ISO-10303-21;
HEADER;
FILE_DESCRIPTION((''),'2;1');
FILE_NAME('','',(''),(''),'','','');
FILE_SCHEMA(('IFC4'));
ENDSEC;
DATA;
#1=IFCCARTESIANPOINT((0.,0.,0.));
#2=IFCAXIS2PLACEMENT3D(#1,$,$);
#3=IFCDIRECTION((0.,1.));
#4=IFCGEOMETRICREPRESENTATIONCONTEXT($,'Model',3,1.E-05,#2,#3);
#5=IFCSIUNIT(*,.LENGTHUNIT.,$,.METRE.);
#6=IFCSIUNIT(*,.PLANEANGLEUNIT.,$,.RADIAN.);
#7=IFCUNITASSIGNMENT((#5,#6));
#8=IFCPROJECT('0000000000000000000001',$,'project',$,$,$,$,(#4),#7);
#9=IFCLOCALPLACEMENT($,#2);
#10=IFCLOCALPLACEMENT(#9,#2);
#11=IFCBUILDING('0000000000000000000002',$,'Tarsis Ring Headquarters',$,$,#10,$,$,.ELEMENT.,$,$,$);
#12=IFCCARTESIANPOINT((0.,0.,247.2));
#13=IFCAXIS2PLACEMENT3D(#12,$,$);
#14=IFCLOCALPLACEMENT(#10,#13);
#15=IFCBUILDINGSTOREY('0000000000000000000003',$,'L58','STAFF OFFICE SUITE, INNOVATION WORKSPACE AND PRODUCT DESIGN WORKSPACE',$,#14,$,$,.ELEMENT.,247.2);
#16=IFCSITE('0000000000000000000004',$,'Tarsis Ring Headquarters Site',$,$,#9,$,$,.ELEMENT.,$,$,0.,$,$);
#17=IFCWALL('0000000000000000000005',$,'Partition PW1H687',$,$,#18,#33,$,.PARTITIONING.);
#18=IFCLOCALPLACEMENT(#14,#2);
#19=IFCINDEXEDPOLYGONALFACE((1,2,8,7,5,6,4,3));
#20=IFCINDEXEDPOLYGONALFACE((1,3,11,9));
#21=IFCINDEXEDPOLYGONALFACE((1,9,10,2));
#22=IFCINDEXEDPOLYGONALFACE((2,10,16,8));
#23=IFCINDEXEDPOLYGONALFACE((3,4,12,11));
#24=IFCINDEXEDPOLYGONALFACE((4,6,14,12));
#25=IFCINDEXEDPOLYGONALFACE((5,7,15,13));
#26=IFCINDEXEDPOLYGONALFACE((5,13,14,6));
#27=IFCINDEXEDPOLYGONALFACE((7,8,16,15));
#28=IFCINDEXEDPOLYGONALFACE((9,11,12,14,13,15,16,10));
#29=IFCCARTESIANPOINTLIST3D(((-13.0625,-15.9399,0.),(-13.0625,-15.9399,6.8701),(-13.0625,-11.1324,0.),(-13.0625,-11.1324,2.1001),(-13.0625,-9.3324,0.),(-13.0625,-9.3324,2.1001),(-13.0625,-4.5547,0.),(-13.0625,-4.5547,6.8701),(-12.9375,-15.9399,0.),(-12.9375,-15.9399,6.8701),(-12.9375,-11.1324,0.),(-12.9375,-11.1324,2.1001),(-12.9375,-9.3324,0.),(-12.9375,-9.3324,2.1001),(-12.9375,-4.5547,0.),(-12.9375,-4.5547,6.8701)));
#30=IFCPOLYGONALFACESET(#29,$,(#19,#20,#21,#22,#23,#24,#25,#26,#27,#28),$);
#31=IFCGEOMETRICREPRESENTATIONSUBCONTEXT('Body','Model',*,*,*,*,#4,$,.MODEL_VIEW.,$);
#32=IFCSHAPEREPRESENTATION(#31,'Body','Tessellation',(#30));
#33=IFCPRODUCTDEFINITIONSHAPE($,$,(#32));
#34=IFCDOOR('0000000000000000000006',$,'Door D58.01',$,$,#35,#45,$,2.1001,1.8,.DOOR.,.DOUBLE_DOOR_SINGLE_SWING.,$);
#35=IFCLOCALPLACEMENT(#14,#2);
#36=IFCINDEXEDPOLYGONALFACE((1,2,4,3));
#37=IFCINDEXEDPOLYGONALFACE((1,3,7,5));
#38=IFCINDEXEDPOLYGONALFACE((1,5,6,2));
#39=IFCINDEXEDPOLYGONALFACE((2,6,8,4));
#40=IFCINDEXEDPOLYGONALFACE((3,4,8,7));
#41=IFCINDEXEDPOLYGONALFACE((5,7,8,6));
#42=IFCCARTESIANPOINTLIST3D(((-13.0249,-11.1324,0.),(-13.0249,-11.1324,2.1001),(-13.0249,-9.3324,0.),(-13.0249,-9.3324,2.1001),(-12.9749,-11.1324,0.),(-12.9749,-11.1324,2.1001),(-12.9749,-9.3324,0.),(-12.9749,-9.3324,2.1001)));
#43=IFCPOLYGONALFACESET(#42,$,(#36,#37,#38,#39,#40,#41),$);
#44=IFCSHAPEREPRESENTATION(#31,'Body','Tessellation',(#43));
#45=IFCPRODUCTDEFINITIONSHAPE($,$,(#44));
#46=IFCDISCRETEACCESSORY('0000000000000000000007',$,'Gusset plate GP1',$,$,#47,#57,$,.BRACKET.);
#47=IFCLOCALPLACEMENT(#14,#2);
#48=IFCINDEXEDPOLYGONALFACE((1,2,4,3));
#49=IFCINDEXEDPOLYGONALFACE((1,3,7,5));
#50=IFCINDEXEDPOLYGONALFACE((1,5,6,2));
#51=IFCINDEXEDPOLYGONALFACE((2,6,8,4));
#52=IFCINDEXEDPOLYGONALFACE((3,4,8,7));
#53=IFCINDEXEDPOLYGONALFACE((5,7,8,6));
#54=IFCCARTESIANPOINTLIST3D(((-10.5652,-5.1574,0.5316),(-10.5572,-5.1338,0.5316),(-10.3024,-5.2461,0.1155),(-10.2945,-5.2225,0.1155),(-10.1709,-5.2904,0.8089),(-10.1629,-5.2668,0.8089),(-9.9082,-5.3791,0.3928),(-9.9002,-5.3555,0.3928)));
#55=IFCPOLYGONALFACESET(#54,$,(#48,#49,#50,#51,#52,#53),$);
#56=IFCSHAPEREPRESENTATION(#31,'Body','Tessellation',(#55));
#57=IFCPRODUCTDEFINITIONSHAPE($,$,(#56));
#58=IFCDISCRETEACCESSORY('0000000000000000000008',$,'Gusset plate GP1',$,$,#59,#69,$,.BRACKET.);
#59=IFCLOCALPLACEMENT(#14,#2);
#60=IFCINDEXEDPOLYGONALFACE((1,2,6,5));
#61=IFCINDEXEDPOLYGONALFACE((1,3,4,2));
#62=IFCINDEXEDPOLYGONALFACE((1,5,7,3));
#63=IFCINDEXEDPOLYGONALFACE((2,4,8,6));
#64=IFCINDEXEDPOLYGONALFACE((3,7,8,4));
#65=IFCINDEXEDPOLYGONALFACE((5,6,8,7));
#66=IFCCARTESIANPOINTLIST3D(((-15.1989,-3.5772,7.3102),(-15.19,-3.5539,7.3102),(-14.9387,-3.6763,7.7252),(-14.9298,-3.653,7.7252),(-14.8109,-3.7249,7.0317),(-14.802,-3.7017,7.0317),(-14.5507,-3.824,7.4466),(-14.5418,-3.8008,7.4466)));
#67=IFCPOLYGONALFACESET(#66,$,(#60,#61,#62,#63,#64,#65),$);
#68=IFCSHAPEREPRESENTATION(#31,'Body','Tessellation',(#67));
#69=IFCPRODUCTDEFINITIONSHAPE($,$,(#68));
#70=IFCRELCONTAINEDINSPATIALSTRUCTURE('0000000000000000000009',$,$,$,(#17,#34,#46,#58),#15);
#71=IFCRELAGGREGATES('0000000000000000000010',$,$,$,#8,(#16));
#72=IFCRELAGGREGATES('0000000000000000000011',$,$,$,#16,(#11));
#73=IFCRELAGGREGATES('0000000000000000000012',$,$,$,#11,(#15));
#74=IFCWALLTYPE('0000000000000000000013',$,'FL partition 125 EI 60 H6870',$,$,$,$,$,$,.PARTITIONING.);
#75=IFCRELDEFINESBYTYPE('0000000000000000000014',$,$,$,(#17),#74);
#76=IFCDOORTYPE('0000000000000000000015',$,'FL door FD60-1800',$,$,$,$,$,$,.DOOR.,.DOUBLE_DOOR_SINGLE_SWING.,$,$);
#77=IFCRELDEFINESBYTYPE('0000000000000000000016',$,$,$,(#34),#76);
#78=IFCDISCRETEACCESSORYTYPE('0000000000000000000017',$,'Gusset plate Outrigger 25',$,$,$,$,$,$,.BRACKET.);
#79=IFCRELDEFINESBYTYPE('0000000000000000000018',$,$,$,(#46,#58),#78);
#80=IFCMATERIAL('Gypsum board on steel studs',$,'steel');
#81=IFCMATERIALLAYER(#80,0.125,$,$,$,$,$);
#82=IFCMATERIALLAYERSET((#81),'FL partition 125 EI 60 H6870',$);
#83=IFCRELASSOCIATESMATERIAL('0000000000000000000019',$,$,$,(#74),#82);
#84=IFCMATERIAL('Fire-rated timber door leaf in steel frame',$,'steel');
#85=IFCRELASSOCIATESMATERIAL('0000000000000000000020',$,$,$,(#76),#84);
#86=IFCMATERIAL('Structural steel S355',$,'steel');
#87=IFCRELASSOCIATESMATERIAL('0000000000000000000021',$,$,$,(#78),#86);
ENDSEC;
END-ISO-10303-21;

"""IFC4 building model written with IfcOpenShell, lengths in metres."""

from ifc_helpers import new_model, si_unit, direction, frame, frame_2d, origin, origin_2d, place, context, subcontext, project, spatial, rectangle, extrude, material, layer, layer_set, material_profile, profile_set, type_object, element, fill, save


model = new_model("IFC4")

# Units and contexts
model_context = context("Model", 3, precision=1e-05, world=origin(), true_north=direction((0.0, 1.0)))
body_context = subcontext(model_context, "Body", "Model", "MODEL_VIEW")
ifc_project = project(units=[si_unit("LENGTHUNIT", "METRE"), si_unit("PLANEANGLEUNIT", "RADIAN")], contexts=[model_context])

# Site, building, storey
site_placement = place(None, origin())
site = spatial("IfcSite", under=ifc_project, at=site_placement, Name="Tarsis Ring Headquarters Site", CompositionType="ELEMENT", RefElevation=0.0)
building_placement = place(site_placement, origin())
building = spatial("IfcBuilding", under=site, at=building_placement, Name="Tarsis Ring Headquarters", CompositionType="ELEMENT")
storey_placement = place(building_placement, frame((0.0, 0.0, 247.2)))
storey = spatial("IfcBuildingStorey", under=building, at=storey_placement, Name="L58", Description="STAFF OFFICE SUITE, INNOVATION WORKSPACE AND PRODUCT DESIGN WORKSPACE", CompositionType="ELEMENT", Elevation=247.2)

# Shared definitions
ifc_material_1 = material(Name="Structural steel S355", Category="steel")

# Wall, opening, door
ifc_material_2 = material(Name="Gypsum board on steel studs", Category="steel")
ifc_layer_1 = layer(ifc_material_2, 0.125)
ifc_layer_set_1 = layer_set([ifc_layer_1], Name="FL partition 125 EI 60 H6870")
wall_type = type_object("IfcWallType", Name="FL partition 125 EI 60 H6870", PredefinedType="PARTITIONING", material=ifc_layer_set_1)
ifc_material_3 = material(Name="Fire-rated timber door leaf in steel frame", Category="steel")
wall_1_placement = place(storey_placement, frame((-13.0, -15.9399, 0.0), z_axis=(0.0, 0.0, 1.0), x_axis=(0.0, 1.0, 0.0)))
wall_1 = element("IfcWall", 1, at=wall_1_placement, inside=storey, type_object=wall_type, Name="Partition PW1H687", PredefinedType="PARTITIONING", context=body_context, shape_type="SweptSolid", body=[
    extrude(rectangle(XDim=11.3853, YDim=0.125, at=frame_2d((5.6926, 0.0))), origin(), (0.0, 0.0, 1.0), 6.8701),
])
opening_1_placement = place(wall_1_placement, frame((4.8076, 0.0, 0.0)))
opening_1 = element("IfcOpeningElement", 2, at=opening_1_placement, cuts=wall_1, PredefinedType="OPENING", context=body_context, shape_type="SweptSolid", body=[
    extrude(rectangle(XDim=1.8, YDim=2.1001, at=frame_2d((0.8999, 1.05))), frame((0.0, 0.0725, 0.0), z_axis=(0.0, -1.0, 0.0), x_axis=(1.0, 0.0, 0.0)), (0.0, 0.0, 1.0), 0.145),
])
door_type_1 = type_object("IfcDoorType", Name="FL door FD60-1800", OperationType="DOUBLE_DOOR_SINGLE_SWING", PredefinedType="DOOR", material=ifc_material_3)
door_1_placement = place(opening_1_placement, origin())
door_1 = element("IfcDoor", 3, at=door_1_placement, inside=storey, type_object=door_type_1, Name="Door D58.01", OperationType="DOUBLE_DOOR_SINGLE_SWING", OverallHeight=2.1001, OverallWidth=1.8, PredefinedType="DOOR", context=body_context, shape_type="SweptSolid", body=[
    extrude(rectangle(XDim=1.8, YDim=2.1001, at=frame_2d((0.8999, 1.05))), frame((0.0, 0.0249, 0.0), z_axis=(0.0, -1.0, 0.0), x_axis=(1.0, 0.0, 0.0)), (0.0, 0.0, 1.0), 0.05),
])
fill(opening_1, door_1)

# Discrete accessories
ifc_material_profile_1 = material_profile(ifc_material_1, rectangle(XDim=0.0249, YDim=0.5, at=origin_2d()), Name="PL 25x500")
ifc_profile_set_1 = profile_set([ifc_material_profile_1], Name="Structural steel S355")
discrete_accessory_type = type_object("IfcDiscreteAccessoryType", Name="Gusset plate Outrigger 25", PredefinedType="BRACKET", material=ifc_profile_set_1)
discrete_accessory_1_placement = place(storey_placement, frame((-10.1013, -5.3008, 0.2542), z_axis=(-0.525462, 0.17727, 0.832145), x_axis=(-0.31966, -0.947532, 0.0)))
element("IfcDiscreteAccessory", 4, at=discrete_accessory_1_placement, inside=storey, type_object=discrete_accessory_type, Name="Gusset plate GP1", PredefinedType="BRACKET", context=body_context, shape_type="SweptSolid", body=[
    extrude(rectangle(XDim=0.0249, YDim=0.5, at=origin_2d()), origin(), (0.0, 0.0, 1.0), 0.5),
])
discrete_accessory_2_placement = place(storey_placement, frame((-14.7402, -3.7385, 7.5859), z_axis=(-0.520701, 0.198316, -0.830386), x_axis=(-0.355922, -0.934516, 0.0)))
element("IfcDiscreteAccessory", 5, at=discrete_accessory_2_placement, inside=storey, type_object=discrete_accessory_type, Name="Gusset plate GP1", PredefinedType="BRACKET", context=body_context, shape_type="SweptSolid", body=[
    extrude(rectangle(XDim=0.0249, YDim=0.5, at=origin_2d()), origin(), (0.0, 0.0, 1.0), 0.4998),
])

save(model, "model.ifc")
